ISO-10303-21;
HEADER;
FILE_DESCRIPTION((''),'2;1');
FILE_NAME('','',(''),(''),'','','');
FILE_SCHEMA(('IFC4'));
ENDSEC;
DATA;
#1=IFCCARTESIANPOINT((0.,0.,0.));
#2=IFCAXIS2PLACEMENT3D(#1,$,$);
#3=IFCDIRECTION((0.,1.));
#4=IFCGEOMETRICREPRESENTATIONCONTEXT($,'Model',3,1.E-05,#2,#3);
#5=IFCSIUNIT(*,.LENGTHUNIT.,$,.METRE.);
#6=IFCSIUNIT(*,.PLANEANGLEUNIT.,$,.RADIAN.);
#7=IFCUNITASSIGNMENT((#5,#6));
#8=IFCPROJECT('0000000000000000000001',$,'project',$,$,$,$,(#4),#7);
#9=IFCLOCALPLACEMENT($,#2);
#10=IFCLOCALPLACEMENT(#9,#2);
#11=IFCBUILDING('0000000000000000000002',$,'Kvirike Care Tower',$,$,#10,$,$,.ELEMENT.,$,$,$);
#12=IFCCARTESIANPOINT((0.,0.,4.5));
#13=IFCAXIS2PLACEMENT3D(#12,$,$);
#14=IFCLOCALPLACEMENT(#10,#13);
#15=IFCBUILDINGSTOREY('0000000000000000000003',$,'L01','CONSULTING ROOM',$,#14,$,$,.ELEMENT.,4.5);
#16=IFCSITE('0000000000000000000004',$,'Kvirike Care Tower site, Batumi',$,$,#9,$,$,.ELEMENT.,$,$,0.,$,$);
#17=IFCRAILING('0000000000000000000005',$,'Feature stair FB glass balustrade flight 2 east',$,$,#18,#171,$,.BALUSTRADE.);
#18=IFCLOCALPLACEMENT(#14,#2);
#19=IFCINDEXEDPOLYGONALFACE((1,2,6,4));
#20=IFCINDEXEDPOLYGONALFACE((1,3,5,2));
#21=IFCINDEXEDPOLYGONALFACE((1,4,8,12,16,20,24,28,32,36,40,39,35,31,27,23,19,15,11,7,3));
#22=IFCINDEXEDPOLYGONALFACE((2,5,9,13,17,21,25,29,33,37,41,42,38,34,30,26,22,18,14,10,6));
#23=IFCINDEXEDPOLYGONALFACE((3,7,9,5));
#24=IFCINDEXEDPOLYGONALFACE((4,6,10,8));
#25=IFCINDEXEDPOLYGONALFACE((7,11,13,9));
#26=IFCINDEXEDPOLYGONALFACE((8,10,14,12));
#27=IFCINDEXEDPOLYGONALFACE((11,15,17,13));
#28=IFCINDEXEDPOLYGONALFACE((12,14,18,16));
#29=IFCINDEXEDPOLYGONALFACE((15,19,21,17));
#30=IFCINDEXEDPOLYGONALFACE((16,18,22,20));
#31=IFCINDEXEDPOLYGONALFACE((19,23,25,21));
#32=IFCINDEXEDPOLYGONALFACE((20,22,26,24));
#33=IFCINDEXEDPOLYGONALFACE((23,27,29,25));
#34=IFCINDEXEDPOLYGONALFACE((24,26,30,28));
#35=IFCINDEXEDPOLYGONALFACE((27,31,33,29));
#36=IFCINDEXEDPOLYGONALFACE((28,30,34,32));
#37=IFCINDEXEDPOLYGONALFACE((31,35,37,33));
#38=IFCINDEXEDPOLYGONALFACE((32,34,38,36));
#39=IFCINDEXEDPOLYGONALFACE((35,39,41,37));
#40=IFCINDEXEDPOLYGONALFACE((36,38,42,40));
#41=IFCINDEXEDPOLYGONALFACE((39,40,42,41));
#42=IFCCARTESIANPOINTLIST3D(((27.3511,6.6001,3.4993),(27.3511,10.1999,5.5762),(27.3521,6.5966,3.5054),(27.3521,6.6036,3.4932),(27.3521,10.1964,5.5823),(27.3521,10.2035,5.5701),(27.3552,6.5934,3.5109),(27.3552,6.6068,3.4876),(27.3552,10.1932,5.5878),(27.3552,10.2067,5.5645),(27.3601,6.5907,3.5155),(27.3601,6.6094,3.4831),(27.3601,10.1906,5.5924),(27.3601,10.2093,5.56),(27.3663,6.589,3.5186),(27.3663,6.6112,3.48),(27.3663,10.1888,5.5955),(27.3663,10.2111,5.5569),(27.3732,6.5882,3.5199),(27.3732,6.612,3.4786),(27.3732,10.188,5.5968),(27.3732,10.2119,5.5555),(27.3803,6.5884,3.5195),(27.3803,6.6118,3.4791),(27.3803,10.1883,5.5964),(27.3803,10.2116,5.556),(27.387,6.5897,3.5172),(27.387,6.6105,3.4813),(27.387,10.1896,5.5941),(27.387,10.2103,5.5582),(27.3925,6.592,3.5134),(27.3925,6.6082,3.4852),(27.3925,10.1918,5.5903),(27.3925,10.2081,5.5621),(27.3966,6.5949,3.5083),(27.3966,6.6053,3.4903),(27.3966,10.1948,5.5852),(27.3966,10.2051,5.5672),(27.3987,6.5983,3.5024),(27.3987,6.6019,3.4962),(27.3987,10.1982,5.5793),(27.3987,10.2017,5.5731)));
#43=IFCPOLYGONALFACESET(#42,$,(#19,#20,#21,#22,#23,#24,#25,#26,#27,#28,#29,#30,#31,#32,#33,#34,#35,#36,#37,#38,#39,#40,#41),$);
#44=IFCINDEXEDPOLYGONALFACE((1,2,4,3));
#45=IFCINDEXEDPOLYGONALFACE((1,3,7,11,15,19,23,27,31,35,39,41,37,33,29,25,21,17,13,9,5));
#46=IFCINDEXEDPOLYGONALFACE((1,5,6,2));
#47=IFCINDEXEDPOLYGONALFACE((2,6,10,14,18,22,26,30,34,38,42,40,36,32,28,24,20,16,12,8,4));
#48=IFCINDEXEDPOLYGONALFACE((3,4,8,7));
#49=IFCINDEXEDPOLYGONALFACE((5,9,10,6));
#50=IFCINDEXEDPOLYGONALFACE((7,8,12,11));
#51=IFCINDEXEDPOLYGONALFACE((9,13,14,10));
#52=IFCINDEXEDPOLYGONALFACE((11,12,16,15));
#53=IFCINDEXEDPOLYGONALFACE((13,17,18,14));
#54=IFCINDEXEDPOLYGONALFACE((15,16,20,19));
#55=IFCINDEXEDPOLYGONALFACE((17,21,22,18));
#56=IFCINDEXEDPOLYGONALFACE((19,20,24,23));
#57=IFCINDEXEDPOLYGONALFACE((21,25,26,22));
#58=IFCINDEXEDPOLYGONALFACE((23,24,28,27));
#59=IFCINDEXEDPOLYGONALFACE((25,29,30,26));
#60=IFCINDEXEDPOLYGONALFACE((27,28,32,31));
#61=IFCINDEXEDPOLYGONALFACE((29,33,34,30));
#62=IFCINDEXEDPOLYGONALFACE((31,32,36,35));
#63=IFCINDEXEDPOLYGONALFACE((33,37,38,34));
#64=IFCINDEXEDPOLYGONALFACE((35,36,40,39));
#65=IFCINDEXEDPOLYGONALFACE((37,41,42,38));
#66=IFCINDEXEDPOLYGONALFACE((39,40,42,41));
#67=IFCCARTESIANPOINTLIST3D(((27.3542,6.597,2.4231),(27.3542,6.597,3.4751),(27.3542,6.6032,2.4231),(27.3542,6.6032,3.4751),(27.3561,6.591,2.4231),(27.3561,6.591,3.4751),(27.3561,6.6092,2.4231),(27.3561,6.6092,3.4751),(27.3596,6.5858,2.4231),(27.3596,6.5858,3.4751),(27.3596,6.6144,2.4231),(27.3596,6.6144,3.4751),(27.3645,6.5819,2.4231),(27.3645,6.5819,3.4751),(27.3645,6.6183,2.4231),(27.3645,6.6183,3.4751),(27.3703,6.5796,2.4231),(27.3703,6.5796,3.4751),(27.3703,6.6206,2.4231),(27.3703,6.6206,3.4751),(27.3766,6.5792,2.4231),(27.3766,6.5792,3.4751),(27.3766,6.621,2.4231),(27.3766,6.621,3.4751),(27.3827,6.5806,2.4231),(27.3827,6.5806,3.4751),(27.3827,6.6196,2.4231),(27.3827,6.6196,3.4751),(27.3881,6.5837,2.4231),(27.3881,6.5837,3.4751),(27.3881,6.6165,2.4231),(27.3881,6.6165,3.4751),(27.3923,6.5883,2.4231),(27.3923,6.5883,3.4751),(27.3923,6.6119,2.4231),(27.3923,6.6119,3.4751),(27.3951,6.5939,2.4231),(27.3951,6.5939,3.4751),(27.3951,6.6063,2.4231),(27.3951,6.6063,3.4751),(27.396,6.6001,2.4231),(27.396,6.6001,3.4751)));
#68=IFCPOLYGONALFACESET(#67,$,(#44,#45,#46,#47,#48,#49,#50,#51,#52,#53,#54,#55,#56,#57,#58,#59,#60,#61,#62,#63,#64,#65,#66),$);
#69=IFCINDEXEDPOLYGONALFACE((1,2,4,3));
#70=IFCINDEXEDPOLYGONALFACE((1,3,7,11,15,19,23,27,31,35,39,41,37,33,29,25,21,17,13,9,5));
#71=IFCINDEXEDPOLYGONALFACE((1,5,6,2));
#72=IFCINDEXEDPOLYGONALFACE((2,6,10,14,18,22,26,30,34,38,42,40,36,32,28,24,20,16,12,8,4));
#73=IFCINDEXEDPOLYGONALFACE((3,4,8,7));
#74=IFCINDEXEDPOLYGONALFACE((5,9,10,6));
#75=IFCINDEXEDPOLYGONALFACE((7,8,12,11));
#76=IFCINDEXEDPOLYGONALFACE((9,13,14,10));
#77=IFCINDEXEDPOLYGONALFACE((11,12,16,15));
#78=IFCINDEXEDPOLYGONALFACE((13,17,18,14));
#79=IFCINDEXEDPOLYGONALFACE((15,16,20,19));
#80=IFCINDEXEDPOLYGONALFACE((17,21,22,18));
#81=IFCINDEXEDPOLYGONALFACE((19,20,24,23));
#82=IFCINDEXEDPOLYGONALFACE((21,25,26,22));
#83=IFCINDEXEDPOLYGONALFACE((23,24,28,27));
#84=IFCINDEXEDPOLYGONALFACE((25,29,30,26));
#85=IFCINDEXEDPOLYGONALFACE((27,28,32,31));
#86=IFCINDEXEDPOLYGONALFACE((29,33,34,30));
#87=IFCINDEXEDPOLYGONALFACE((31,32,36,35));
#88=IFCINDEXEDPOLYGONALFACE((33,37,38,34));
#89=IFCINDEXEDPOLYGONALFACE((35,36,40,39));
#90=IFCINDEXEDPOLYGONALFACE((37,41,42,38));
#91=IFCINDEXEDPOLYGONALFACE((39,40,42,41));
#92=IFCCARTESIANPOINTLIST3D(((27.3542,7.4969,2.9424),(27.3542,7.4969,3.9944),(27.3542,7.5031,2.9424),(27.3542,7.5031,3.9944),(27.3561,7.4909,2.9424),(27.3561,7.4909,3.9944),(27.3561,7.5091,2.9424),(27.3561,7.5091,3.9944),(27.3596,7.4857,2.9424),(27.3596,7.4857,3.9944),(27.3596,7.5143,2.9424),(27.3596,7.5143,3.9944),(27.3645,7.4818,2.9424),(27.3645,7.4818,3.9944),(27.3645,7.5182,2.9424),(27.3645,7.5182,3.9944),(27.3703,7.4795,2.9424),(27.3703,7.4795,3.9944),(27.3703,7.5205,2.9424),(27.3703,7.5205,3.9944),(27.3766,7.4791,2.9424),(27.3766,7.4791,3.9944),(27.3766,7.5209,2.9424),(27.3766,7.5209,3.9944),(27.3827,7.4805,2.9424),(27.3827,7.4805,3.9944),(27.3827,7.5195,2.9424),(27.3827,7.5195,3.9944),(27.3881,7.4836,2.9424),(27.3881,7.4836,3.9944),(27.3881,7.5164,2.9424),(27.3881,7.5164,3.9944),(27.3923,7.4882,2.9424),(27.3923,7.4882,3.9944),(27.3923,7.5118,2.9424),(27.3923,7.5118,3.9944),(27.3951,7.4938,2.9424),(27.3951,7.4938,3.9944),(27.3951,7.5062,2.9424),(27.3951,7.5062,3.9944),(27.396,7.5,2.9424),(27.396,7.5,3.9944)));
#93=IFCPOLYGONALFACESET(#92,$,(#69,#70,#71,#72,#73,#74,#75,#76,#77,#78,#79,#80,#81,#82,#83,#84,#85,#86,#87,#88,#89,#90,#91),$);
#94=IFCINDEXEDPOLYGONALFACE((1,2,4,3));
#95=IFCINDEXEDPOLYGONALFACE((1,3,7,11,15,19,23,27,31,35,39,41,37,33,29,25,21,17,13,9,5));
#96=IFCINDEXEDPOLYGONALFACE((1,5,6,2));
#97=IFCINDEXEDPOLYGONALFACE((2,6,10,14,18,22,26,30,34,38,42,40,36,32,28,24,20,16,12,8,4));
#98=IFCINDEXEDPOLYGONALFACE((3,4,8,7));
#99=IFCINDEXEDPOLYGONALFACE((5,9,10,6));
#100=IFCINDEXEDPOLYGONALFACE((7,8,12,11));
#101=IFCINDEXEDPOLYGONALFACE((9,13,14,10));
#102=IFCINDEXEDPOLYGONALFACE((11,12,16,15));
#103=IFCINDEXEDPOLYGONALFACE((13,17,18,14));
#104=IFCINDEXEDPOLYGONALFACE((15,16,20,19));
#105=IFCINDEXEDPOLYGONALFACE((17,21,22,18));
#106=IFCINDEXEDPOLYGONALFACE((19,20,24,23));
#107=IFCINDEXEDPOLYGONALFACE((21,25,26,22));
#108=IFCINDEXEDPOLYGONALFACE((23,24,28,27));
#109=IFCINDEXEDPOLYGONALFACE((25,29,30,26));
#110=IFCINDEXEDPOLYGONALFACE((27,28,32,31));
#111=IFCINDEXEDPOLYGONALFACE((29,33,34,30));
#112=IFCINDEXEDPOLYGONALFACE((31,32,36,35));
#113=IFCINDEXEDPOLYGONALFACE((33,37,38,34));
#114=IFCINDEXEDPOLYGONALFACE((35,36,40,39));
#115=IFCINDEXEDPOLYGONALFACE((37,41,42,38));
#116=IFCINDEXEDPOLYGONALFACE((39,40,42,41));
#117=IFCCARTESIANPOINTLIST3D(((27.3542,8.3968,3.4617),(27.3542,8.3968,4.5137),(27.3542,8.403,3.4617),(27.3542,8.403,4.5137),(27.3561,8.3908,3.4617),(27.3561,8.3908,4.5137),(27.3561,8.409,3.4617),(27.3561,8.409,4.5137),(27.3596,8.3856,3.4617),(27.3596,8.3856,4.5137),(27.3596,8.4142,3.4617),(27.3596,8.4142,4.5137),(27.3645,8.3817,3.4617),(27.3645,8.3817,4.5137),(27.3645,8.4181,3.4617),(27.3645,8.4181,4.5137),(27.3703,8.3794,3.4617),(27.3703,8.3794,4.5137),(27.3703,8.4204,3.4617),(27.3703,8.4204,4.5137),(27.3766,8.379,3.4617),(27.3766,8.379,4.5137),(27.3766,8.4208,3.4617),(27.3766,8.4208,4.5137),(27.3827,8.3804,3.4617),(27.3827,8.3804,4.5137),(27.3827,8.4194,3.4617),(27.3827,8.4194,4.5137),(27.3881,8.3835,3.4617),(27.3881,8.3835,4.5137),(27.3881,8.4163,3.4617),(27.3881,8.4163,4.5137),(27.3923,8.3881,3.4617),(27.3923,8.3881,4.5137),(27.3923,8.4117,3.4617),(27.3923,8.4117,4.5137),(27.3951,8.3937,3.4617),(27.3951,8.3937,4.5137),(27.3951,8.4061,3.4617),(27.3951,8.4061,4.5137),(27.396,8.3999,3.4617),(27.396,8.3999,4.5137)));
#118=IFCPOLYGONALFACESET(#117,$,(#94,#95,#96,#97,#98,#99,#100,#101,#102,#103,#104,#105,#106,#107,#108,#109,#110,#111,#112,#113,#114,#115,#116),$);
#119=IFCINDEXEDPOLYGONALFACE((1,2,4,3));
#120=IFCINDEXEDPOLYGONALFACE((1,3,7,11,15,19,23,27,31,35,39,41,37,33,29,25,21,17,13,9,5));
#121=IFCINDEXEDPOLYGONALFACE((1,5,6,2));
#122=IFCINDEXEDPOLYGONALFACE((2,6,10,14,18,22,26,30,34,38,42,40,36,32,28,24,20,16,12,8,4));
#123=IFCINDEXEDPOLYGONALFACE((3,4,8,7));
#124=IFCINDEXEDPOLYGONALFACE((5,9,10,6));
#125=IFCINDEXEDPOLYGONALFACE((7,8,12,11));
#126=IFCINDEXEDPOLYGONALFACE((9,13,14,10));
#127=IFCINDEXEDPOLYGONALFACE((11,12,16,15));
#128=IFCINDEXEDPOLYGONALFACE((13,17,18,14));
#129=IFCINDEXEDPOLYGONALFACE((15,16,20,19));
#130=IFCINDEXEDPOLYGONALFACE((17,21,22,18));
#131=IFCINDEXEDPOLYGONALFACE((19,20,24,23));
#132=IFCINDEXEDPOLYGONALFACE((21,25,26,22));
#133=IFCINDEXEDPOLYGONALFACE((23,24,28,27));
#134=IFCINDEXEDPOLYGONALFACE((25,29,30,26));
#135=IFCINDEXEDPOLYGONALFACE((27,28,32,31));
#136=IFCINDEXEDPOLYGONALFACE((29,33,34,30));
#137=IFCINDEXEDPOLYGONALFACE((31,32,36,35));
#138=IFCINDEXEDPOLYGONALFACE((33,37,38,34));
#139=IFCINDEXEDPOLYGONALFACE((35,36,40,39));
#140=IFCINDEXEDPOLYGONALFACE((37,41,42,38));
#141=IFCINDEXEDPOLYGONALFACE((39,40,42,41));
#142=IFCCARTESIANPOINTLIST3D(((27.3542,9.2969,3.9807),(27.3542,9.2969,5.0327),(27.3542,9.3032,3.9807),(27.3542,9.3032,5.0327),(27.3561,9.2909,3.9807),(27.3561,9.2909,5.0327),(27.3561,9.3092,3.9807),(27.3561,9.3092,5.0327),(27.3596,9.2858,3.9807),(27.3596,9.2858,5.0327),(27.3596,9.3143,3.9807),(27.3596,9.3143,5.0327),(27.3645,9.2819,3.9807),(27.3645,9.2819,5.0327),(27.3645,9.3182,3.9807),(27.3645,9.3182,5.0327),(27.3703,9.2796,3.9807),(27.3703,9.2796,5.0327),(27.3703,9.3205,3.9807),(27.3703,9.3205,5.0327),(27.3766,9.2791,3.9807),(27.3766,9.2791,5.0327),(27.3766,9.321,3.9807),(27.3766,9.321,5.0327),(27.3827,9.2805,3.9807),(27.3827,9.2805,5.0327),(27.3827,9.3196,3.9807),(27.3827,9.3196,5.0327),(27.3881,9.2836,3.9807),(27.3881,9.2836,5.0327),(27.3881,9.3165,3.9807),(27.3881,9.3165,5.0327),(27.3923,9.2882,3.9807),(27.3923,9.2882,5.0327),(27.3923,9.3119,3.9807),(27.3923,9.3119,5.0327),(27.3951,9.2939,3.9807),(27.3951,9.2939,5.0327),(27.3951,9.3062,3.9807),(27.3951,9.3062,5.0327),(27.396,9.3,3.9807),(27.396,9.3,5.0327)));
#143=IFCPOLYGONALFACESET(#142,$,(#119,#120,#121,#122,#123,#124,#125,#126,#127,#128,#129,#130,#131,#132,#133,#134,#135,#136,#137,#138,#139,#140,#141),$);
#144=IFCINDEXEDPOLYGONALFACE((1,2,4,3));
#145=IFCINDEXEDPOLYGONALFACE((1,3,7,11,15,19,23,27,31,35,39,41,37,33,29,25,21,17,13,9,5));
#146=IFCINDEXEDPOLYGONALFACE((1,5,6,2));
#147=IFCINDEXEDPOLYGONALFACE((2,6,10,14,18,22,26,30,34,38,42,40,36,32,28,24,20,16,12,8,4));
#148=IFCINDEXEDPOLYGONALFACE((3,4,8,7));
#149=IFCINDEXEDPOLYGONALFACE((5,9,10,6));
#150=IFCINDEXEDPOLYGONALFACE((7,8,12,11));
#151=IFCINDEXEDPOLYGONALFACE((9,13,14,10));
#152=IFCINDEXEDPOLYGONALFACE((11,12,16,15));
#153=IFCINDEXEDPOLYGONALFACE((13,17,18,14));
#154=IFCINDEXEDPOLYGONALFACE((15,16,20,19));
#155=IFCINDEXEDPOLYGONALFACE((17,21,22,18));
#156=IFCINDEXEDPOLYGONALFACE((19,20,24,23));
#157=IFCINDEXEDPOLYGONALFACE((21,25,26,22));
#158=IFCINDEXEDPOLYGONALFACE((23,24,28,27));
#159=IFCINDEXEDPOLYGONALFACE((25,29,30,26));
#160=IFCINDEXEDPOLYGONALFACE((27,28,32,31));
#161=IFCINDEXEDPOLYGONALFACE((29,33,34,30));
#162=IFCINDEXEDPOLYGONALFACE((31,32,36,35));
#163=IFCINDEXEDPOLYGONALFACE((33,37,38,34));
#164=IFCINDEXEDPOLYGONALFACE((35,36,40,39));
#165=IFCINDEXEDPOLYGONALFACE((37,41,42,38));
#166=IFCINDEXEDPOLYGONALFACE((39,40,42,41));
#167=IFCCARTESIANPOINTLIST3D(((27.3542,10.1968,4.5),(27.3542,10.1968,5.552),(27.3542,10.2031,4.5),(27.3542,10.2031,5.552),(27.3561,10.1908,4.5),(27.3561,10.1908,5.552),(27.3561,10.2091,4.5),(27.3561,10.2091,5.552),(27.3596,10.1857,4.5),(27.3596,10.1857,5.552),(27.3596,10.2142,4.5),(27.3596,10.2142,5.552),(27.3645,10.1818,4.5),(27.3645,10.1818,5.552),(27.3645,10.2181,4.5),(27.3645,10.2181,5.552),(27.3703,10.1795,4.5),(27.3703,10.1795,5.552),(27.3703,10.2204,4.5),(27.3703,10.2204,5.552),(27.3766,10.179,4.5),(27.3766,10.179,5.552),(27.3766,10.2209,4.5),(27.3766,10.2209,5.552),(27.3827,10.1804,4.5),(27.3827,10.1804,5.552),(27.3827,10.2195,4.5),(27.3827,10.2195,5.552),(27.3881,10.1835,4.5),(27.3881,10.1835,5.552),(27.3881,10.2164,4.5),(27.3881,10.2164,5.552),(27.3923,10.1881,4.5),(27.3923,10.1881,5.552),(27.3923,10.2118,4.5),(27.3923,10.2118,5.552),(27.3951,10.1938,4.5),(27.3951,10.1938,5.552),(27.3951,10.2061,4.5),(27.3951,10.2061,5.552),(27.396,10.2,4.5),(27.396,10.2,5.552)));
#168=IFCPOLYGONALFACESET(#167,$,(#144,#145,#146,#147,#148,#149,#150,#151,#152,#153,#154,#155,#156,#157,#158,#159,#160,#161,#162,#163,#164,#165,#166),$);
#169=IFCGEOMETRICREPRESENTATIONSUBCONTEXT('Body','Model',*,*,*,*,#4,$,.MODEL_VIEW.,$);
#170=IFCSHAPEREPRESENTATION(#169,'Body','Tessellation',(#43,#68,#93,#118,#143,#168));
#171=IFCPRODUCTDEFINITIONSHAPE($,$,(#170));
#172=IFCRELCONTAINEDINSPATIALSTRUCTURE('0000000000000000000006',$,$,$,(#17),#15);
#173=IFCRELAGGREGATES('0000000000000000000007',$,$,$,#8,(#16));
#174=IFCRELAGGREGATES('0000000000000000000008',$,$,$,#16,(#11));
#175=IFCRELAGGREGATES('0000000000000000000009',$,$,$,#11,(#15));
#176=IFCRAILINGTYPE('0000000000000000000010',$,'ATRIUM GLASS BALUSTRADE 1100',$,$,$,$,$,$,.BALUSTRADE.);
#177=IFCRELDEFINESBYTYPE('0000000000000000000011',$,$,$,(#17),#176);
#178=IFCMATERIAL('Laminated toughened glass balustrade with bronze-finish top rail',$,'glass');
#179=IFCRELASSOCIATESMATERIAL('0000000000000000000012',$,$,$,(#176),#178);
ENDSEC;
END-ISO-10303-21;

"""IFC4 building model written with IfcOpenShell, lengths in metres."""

from ifc_helpers import new_model, si_unit, direction, frame, origin, origin_2d, place, context, subcontext, project, spatial, circle, extrude, material, type_object, element, save


model = new_model("IFC4")

# Units and contexts
model_context = context("Model", 3, precision=1e-05, world=origin(), true_north=direction((0.0, 1.0)))
body_context = subcontext(model_context, "Body", "Model", "MODEL_VIEW")
ifc_project = project(units=[si_unit("LENGTHUNIT", "METRE"), si_unit("PLANEANGLEUNIT", "RADIAN")], contexts=[model_context])

# Site, building, storey
site_placement = place(None, origin())
site = spatial("IfcSite", under=ifc_project, at=site_placement, Name="Kvirike Care Tower site, Batumi", CompositionType="ELEMENT", RefElevation=0.0)
building_placement = place(site_placement, origin())
building = spatial("IfcBuilding", under=site, at=building_placement, Name="Kvirike Care Tower", CompositionType="ELEMENT")
storey_placement = place(building_placement, frame((0.0, 0.0, 4.5)))
storey = spatial("IfcBuildingStorey", under=building, at=storey_placement, Name="L01", Description="CONSULTING ROOM", CompositionType="ELEMENT", Elevation=4.5)

# Railing
ifc_material_1 = material(Name="Laminated toughened glass balustrade with bronze-finish top rail", Category="glass")
railing_type_1 = type_object("IfcRailingType", Name="ATRIUM GLASS BALUSTRADE 1100", PredefinedType="BALUSTRADE", material=ifc_material_1)
railing_1_placement = place(storey_placement, frame((27.375, 6.6001, 2.4231)))
element("IfcRailing", 1, at=railing_1_placement, inside=storey, type_object=railing_type_1, Name="Feature stair FB glass balustrade flight 2 east", PredefinedType="BALUSTRADE", context=body_context, shape_type="SweptSolid", body=[
    extrude(circle(Radius=0.0239, at=origin_2d()), frame((0.0, 0.0, 1.0762), z_axis=(0.0, 0.866179, 0.499734), x_axis=(-1.0, 0.0, 0.0)), (0.0, 0.0, 1.0), 4.156),
    extrude(circle(Radius=0.021, at=origin_2d()), origin(), (0.0, 0.0, 1.0), 1.052),
    extrude(circle(Radius=0.021, at=origin_2d()), frame((0.0, 0.8999, 0.5193)), (0.0, 0.0, 1.0), 1.052),
    extrude(circle(Radius=0.021, at=origin_2d()), frame((0.0, 1.7998, 1.0386)), (0.0, 0.0, 1.0), 1.052),
    extrude(circle(Radius=0.021, at=origin_2d()), frame((0.0, 2.7, 1.5576)), (0.0, 0.0, 1.0), 1.052),
    extrude(circle(Radius=0.021, at=origin_2d()), frame((0.0, 3.5999, 2.0769)), (0.0, 0.0, 1.0), 1.052),
])

save(model, "model.ifc")
